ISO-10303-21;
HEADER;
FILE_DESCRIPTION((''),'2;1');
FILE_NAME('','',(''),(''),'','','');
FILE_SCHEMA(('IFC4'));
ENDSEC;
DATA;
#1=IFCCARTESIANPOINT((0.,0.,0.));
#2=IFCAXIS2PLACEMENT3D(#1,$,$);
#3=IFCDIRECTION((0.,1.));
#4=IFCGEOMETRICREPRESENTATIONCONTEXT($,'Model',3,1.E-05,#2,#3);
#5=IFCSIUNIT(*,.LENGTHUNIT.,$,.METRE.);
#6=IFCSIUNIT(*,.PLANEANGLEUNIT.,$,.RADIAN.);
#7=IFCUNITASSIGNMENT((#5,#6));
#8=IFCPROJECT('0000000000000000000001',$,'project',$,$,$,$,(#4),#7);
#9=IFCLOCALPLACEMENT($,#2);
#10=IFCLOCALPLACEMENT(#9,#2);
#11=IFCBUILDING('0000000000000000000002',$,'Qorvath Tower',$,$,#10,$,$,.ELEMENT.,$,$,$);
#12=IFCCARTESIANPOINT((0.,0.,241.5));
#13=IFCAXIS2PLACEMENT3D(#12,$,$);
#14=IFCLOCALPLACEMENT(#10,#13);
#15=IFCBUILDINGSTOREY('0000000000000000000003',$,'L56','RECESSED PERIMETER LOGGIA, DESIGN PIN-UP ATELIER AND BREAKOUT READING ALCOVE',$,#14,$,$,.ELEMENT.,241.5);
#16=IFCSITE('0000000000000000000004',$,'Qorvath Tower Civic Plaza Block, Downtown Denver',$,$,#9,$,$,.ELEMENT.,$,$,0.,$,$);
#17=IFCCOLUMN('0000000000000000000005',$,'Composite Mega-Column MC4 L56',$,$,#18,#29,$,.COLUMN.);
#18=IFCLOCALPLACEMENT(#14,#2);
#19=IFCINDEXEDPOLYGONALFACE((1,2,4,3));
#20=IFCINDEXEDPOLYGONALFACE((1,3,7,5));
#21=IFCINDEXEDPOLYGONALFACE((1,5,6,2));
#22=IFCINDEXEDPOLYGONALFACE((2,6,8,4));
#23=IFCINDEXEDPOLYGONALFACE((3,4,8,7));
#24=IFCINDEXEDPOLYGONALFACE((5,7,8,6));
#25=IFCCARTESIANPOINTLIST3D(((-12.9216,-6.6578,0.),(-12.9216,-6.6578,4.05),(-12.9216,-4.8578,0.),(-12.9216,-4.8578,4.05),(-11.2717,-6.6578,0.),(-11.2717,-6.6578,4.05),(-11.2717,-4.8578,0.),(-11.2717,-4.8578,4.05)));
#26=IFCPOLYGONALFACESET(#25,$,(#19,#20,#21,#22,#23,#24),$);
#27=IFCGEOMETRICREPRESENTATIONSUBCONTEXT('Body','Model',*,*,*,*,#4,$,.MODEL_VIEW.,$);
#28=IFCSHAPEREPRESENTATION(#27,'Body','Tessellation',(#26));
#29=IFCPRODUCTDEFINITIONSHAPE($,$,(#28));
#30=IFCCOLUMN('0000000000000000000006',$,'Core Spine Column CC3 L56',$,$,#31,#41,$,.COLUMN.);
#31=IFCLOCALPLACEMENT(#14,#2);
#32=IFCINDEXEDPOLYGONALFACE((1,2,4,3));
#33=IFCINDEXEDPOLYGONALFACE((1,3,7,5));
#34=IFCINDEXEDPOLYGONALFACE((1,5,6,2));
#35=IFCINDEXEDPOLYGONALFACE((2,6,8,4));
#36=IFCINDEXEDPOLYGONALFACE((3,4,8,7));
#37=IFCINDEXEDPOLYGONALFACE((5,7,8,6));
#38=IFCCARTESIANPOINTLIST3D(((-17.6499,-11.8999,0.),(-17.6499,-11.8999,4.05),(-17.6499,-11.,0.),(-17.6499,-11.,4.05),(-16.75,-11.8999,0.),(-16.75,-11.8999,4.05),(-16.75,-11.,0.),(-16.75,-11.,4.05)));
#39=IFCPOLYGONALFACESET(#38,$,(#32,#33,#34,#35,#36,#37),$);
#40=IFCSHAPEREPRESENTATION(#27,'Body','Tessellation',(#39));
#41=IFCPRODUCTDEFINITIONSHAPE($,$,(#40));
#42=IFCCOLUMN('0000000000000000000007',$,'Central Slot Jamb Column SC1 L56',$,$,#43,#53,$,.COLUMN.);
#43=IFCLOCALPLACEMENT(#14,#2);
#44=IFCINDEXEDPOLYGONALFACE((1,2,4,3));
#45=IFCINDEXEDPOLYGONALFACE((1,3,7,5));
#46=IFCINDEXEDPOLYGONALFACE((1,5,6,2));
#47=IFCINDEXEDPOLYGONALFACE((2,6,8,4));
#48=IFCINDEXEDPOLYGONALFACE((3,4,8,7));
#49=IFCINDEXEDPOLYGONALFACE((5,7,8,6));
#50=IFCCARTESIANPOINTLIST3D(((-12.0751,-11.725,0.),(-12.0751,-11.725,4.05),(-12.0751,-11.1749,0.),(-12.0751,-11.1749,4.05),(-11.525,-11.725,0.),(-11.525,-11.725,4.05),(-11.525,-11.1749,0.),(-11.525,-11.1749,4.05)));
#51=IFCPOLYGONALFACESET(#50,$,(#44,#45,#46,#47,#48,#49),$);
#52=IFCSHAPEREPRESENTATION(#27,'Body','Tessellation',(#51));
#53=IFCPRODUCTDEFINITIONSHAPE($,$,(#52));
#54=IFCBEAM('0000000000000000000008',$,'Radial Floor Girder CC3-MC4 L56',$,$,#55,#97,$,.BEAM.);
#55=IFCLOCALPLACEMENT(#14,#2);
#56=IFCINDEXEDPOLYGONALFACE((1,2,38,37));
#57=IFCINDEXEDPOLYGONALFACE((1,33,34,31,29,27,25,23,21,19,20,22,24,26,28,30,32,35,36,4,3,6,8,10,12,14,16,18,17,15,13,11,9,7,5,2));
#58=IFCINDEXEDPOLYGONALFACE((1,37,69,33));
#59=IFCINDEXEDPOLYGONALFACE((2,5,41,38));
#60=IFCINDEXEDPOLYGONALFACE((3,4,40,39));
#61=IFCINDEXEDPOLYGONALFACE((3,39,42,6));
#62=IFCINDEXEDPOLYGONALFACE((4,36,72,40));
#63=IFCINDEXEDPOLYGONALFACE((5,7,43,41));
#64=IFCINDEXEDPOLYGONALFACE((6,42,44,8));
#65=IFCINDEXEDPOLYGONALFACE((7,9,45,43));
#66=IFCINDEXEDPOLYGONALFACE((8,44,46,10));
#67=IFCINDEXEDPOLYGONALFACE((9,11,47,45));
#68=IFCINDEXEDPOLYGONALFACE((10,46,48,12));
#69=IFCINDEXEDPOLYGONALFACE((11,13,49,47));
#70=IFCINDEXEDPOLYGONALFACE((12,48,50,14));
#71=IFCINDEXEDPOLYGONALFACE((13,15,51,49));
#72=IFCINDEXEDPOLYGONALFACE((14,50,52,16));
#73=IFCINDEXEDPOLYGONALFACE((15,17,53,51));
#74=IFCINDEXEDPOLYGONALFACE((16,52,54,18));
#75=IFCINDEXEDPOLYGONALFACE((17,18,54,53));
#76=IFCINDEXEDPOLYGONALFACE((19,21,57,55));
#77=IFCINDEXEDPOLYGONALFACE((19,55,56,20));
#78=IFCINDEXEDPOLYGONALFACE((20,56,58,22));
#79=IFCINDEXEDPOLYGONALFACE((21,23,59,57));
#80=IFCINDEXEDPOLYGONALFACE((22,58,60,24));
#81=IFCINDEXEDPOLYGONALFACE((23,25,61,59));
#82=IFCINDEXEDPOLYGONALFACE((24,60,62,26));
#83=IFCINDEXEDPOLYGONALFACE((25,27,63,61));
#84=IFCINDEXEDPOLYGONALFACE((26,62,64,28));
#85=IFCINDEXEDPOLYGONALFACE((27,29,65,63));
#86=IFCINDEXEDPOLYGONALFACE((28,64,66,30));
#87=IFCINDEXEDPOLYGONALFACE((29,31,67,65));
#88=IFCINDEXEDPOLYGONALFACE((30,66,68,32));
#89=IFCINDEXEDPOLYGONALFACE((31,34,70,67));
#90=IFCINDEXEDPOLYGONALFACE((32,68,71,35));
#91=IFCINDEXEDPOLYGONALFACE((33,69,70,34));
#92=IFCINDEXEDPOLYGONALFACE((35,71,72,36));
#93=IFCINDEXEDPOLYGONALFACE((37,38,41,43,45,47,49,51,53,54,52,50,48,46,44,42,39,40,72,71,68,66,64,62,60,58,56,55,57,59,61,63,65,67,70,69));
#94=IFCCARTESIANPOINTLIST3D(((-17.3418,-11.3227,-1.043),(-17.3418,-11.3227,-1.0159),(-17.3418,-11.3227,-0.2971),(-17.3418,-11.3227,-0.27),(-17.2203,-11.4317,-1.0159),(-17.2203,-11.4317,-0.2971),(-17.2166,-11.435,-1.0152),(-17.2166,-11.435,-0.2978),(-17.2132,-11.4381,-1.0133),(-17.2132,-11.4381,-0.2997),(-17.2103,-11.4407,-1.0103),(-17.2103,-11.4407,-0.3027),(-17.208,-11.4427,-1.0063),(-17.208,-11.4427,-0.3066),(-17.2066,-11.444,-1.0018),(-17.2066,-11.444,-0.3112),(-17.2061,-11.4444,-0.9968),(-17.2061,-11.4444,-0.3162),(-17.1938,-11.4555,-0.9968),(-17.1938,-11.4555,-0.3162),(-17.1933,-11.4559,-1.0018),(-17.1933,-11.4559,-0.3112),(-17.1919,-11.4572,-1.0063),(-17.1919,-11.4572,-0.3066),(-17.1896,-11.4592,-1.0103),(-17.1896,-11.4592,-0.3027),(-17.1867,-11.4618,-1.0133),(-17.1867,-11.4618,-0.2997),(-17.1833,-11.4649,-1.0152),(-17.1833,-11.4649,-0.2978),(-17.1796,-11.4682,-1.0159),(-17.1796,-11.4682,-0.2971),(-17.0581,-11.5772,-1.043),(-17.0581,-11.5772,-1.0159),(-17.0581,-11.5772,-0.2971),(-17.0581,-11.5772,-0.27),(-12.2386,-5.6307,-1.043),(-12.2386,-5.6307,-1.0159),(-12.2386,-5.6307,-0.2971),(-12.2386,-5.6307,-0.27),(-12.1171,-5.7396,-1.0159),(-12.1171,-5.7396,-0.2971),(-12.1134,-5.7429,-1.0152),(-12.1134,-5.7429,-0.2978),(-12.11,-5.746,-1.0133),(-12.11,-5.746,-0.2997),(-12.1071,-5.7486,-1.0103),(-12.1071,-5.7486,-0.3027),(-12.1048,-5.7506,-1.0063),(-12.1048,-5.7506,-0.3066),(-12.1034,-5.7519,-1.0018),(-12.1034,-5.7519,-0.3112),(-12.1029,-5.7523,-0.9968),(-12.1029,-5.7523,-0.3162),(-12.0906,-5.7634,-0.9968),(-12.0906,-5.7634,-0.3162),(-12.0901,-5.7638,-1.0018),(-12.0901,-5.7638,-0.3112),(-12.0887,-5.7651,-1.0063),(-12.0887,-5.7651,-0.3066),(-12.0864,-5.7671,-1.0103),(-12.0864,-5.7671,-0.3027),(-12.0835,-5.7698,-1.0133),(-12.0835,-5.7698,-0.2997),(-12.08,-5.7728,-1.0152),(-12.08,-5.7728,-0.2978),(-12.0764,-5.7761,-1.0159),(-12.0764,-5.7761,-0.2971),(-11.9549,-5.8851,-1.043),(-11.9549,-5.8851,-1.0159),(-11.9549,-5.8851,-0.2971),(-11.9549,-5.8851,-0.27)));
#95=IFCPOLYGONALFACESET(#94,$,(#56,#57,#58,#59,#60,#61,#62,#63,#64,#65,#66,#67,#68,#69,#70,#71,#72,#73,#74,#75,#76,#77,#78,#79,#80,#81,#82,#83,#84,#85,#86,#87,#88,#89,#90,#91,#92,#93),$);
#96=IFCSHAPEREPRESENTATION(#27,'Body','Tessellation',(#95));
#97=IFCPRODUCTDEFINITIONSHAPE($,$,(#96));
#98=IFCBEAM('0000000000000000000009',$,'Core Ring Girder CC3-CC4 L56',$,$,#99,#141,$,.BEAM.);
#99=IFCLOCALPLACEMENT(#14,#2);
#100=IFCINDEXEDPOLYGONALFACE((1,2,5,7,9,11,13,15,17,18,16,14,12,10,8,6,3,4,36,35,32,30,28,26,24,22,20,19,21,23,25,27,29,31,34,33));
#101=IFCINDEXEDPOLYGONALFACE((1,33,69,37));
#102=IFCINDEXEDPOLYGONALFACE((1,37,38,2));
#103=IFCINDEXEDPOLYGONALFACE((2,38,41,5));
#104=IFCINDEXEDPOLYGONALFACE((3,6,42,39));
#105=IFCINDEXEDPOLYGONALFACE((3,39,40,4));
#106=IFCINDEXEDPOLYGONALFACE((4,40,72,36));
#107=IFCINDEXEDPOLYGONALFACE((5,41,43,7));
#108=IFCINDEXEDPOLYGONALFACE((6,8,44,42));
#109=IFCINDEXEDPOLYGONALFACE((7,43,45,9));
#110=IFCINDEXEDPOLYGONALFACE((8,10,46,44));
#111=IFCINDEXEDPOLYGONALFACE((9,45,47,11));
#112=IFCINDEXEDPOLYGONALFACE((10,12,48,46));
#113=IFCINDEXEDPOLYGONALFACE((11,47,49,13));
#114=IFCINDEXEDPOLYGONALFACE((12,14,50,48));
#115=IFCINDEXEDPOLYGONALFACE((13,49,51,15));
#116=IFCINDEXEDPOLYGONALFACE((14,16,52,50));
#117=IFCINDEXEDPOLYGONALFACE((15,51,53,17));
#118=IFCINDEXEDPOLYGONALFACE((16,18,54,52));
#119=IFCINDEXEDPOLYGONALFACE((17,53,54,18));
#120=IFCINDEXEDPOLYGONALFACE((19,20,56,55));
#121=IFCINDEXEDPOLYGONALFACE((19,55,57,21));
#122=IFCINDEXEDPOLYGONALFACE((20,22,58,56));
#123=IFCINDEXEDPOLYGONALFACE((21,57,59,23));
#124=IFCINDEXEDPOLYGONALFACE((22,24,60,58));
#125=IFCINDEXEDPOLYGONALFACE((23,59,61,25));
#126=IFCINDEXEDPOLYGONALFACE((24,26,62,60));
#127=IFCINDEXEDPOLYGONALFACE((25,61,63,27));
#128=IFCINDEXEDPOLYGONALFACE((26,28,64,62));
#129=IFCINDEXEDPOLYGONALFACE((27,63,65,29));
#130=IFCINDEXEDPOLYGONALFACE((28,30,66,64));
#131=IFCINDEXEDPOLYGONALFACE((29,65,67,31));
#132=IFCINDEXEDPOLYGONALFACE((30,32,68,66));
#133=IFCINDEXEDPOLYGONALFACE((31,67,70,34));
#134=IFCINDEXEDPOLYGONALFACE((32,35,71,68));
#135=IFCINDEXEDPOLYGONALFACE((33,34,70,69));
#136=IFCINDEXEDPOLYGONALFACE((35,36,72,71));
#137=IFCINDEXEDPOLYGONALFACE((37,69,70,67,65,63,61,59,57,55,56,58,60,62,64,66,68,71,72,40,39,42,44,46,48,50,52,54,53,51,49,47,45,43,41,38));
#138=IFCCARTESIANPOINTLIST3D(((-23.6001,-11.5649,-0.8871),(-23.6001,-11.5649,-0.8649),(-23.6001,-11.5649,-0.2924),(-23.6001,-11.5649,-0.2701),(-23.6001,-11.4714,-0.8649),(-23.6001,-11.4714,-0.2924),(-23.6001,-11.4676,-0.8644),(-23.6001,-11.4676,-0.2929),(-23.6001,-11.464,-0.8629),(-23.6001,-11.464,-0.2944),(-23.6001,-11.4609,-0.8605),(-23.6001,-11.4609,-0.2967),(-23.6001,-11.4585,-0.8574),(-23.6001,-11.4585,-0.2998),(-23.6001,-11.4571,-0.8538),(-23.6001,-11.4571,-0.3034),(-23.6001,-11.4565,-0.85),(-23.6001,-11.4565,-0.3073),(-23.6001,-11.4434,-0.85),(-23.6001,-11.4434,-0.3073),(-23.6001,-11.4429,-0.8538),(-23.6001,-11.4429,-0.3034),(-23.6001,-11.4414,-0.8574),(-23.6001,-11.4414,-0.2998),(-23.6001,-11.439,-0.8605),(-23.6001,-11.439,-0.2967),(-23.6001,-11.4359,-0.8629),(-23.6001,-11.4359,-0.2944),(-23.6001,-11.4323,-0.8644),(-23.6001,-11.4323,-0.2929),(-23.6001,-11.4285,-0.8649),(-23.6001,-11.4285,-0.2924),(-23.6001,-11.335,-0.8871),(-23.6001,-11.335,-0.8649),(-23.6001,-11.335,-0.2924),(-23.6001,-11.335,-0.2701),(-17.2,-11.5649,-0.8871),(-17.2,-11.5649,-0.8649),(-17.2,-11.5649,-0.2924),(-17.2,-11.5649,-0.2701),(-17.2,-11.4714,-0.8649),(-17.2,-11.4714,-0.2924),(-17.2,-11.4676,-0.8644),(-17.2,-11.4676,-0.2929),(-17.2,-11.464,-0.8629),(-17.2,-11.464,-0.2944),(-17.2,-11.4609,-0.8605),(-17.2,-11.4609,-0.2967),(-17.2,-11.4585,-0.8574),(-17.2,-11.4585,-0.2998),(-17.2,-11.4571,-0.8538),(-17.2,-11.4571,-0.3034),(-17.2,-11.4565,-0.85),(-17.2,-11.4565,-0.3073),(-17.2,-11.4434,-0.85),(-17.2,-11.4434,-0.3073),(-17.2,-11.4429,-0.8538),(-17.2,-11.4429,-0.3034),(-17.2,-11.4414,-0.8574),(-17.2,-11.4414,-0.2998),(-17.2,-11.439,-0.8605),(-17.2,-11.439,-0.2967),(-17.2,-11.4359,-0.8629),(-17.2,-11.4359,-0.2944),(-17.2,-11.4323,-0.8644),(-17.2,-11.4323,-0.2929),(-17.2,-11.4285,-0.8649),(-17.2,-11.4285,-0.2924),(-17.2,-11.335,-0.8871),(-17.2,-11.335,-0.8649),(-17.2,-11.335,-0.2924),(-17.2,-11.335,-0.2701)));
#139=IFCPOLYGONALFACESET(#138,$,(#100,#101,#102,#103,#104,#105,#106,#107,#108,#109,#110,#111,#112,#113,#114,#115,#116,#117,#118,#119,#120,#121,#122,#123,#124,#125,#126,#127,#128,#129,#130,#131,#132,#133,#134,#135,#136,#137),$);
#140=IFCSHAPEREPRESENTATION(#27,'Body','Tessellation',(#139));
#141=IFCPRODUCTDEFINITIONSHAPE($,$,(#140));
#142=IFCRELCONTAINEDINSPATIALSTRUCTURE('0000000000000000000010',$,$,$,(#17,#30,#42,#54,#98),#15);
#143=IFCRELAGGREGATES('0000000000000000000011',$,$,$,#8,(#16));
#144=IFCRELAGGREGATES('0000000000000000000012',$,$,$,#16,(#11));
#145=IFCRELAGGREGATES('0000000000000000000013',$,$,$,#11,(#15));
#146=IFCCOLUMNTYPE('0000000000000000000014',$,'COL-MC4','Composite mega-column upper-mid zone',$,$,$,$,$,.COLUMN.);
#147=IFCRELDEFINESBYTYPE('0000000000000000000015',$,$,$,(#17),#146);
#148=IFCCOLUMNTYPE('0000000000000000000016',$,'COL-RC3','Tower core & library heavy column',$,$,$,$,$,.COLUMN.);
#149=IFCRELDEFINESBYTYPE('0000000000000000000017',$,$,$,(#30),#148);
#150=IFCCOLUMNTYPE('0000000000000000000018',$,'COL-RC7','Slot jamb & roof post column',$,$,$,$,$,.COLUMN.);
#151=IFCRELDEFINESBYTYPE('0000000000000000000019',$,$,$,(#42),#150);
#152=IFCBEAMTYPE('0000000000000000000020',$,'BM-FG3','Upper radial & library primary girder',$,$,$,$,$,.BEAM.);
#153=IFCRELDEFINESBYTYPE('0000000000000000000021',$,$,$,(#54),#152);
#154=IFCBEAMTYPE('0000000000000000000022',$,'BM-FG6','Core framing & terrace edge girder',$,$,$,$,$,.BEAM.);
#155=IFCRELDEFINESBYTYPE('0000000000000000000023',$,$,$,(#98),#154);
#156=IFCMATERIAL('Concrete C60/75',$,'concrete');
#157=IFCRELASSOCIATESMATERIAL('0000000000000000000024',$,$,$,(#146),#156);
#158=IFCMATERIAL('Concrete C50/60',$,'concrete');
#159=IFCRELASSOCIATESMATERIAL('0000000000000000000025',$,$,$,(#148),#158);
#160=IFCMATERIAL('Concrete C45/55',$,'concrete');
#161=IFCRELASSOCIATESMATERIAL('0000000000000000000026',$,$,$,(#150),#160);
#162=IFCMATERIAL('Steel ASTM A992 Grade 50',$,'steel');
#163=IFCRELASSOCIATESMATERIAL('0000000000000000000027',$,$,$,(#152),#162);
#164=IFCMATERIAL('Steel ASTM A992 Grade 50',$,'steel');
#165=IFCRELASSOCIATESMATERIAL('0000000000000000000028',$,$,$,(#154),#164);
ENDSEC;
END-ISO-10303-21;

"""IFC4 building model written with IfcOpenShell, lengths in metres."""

from ifc_helpers import new_model, si_unit, direction, frame, origin, origin_2d, place, context, subcontext, project, spatial, rectangle, i_section, extrude, material, material_profile, profile_set, type_object, element, save


model = new_model("IFC4")

# Units and contexts
model_context = context("Model", 3, precision=1e-05, world=origin(), true_north=direction((0.0, 1.0)))
body_context = subcontext(model_context, "Body", "Model", "MODEL_VIEW")
ifc_project = project(units=[si_unit("LENGTHUNIT", "METRE"), si_unit("PLANEANGLEUNIT", "RADIAN")], contexts=[model_context])

# Site, building, storey
site_placement = place(None, origin())
site = spatial("IfcSite", under=ifc_project, at=site_placement, Name="Qorvath Tower Civic Plaza Block, Downtown Denver", CompositionType="ELEMENT", RefElevation=0.0)
building_placement = place(site_placement, origin())
building = spatial("IfcBuilding", under=site, at=building_placement, Name="Qorvath Tower", CompositionType="ELEMENT")
storey_placement = place(building_placement, frame((0.0, 0.0, 241.5)))
storey = spatial("IfcBuildingStorey", under=building, at=storey_placement, Name="L56", Description="RECESSED PERIMETER LOGGIA, DESIGN PIN-UP ATELIER AND BREAKOUT READING ALCOVE", CompositionType="ELEMENT", Elevation=241.5)

# Columns
ifc_material_1 = material(Name="Concrete C60/75", Category="concrete")
ifc_material_profile_1 = material_profile(ifc_material_1, rectangle(XDim=1.6499, YDim=1.8, at=origin_2d()), Name="MC 1800x1650")
ifc_profile_set_1 = profile_set([ifc_material_profile_1], Name="Concrete C60/75")
column_type_1 = type_object("IfcColumnType", Name="COL-MC4", Description="Composite mega-column upper-mid zone", PredefinedType="COLUMN", material=ifc_profile_set_1)
column_1_placement = place(storey_placement, frame((-12.0967, -5.7578, 0.0), z_axis=(0.0, 0.0, 1.0), x_axis=(1.0, 0.0, 0.0)))
element("IfcColumn", 1, at=column_1_placement, inside=storey, type_object=column_type_1, Name="Composite Mega-Column MC4 L56", PredefinedType="COLUMN", context=body_context, shape_type="SweptSolid", body=[
    extrude(rectangle(XDim=1.6499, YDim=1.8, at=origin_2d()), origin(), (0.0, 0.0, 1.0), 4.05),
])
ifc_material_2 = material(Name="Concrete C50/60", Category="concrete")
ifc_material_profile_2 = material_profile(ifc_material_2, rectangle(XDim=0.8999, YDim=0.8999, at=origin_2d()), Name="RC 900x900")
ifc_profile_set_2 = profile_set([ifc_material_profile_2], Name="Concrete C50/60")
column_type_2 = type_object("IfcColumnType", Name="COL-RC3", Description="Tower core & library heavy column", PredefinedType="COLUMN", material=ifc_profile_set_2)
column_2_placement = place(storey_placement, frame((-17.2, -11.45, 0.0), z_axis=(0.0, 0.0, 1.0), x_axis=(1.0, 0.0, 0.0)))
element("IfcColumn", 2, at=column_2_placement, inside=storey, type_object=column_type_2, Name="Core Spine Column CC3 L56", PredefinedType="COLUMN", context=body_context, shape_type="SweptSolid", body=[
    extrude(rectangle(XDim=0.8999, YDim=0.8999, at=origin_2d()), origin(), (0.0, 0.0, 1.0), 4.05),
])
ifc_material_3 = material(Name="Concrete C45/55", Category="concrete")
ifc_material_profile_3 = material_profile(ifc_material_3, rectangle(XDim=0.55, YDim=0.55, at=origin_2d()), Name="RC 550x550")
ifc_profile_set_3 = profile_set([ifc_material_profile_3], Name="Concrete C45/55")
column_type_3 = type_object("IfcColumnType", Name="COL-RC7", Description="Slot jamb & roof post column", PredefinedType="COLUMN", material=ifc_profile_set_3)
column_3_placement = place(storey_placement, frame((-11.8, -11.45, 0.0), z_axis=(0.0, 0.0, 1.0), x_axis=(1.0, 0.0, 0.0)))
element("IfcColumn", 3, at=column_3_placement, inside=storey, type_object=column_type_3, Name="Central Slot Jamb Column SC1 L56", PredefinedType="COLUMN", context=body_context, shape_type="SweptSolid", body=[
    extrude(rectangle(XDim=0.55, YDim=0.55, at=origin_2d()), origin(), (0.0, 0.0, 1.0), 4.05),
])

# Beams
ifc_material_4 = material(Name="Steel ASTM A992 Grade 50", Category="steel")
ifc_material_profile_4 = material_profile(ifc_material_4, i_section(OverallWidth=0.3811, OverallDepth=0.7729, WebThickness=0.0166, FlangeThickness=0.0271, FilletRadius=0.019, at=origin_2d()), Name="W30x173")
ifc_profile_set_4 = profile_set([ifc_material_profile_4], Name="Steel ASTM A992 Grade 50")
beam_type_1 = type_object("IfcBeamType", Name="BM-FG3", Description="Upper radial & library primary girder", PredefinedType="BEAM", material=ifc_profile_set_4)
beam_1_placement = place(storey_placement, frame((-17.2, -11.45, -0.6565), z_axis=(0.667543, 0.744571, 0.0), x_axis=(-0.744571, 0.667543, 0.0)))
element("IfcBeam", 4, at=beam_1_placement, inside=storey, type_object=beam_type_1, Name="Radial Floor Girder CC3-MC4 L56", PredefinedType="BEAM", context=body_context, shape_type="SweptSolid", body=[
    extrude(i_section(OverallWidth=0.3811, OverallDepth=0.7729, WebThickness=0.0166, FlangeThickness=0.0271, FilletRadius=0.019, at=origin_2d()), origin(), (0.0, 0.0, 1.0), 7.6448),
])
ifc_material_5 = material(Name="Steel ASTM A992 Grade 50", Category="steel")
ifc_material_profile_5 = material_profile(ifc_material_5, i_section(OverallWidth=0.23, OverallDepth=0.6169, WebThickness=0.0132, FlangeThickness=0.0222, FilletRadius=0.0149, at=origin_2d()), Name="W24x94")
ifc_profile_set_5 = profile_set([ifc_material_profile_5], Name="Steel ASTM A992 Grade 50")
beam_type_2 = type_object("IfcBeamType", Name="BM-FG6", Description="Core framing & terrace edge girder", PredefinedType="BEAM", material=ifc_profile_set_5)
beam_2_placement = place(storey_placement, frame((-17.2, -11.45, -0.5786), z_axis=(-1.0, 0.0, 0.0), x_axis=(0.0, -1.0, 0.0)))
element("IfcBeam", 5, at=beam_2_placement, inside=storey, type_object=beam_type_2, Name="Core Ring Girder CC3-CC4 L56", PredefinedType="BEAM", context=body_context, shape_type="SweptSolid", body=[
    extrude(i_section(OverallWidth=0.23, OverallDepth=0.6169, WebThickness=0.0132, FlangeThickness=0.0222, FilletRadius=0.0149, at=origin_2d()), origin(), (0.0, 0.0, 1.0), 6.4001),
])

save(model, "model.ifc")
